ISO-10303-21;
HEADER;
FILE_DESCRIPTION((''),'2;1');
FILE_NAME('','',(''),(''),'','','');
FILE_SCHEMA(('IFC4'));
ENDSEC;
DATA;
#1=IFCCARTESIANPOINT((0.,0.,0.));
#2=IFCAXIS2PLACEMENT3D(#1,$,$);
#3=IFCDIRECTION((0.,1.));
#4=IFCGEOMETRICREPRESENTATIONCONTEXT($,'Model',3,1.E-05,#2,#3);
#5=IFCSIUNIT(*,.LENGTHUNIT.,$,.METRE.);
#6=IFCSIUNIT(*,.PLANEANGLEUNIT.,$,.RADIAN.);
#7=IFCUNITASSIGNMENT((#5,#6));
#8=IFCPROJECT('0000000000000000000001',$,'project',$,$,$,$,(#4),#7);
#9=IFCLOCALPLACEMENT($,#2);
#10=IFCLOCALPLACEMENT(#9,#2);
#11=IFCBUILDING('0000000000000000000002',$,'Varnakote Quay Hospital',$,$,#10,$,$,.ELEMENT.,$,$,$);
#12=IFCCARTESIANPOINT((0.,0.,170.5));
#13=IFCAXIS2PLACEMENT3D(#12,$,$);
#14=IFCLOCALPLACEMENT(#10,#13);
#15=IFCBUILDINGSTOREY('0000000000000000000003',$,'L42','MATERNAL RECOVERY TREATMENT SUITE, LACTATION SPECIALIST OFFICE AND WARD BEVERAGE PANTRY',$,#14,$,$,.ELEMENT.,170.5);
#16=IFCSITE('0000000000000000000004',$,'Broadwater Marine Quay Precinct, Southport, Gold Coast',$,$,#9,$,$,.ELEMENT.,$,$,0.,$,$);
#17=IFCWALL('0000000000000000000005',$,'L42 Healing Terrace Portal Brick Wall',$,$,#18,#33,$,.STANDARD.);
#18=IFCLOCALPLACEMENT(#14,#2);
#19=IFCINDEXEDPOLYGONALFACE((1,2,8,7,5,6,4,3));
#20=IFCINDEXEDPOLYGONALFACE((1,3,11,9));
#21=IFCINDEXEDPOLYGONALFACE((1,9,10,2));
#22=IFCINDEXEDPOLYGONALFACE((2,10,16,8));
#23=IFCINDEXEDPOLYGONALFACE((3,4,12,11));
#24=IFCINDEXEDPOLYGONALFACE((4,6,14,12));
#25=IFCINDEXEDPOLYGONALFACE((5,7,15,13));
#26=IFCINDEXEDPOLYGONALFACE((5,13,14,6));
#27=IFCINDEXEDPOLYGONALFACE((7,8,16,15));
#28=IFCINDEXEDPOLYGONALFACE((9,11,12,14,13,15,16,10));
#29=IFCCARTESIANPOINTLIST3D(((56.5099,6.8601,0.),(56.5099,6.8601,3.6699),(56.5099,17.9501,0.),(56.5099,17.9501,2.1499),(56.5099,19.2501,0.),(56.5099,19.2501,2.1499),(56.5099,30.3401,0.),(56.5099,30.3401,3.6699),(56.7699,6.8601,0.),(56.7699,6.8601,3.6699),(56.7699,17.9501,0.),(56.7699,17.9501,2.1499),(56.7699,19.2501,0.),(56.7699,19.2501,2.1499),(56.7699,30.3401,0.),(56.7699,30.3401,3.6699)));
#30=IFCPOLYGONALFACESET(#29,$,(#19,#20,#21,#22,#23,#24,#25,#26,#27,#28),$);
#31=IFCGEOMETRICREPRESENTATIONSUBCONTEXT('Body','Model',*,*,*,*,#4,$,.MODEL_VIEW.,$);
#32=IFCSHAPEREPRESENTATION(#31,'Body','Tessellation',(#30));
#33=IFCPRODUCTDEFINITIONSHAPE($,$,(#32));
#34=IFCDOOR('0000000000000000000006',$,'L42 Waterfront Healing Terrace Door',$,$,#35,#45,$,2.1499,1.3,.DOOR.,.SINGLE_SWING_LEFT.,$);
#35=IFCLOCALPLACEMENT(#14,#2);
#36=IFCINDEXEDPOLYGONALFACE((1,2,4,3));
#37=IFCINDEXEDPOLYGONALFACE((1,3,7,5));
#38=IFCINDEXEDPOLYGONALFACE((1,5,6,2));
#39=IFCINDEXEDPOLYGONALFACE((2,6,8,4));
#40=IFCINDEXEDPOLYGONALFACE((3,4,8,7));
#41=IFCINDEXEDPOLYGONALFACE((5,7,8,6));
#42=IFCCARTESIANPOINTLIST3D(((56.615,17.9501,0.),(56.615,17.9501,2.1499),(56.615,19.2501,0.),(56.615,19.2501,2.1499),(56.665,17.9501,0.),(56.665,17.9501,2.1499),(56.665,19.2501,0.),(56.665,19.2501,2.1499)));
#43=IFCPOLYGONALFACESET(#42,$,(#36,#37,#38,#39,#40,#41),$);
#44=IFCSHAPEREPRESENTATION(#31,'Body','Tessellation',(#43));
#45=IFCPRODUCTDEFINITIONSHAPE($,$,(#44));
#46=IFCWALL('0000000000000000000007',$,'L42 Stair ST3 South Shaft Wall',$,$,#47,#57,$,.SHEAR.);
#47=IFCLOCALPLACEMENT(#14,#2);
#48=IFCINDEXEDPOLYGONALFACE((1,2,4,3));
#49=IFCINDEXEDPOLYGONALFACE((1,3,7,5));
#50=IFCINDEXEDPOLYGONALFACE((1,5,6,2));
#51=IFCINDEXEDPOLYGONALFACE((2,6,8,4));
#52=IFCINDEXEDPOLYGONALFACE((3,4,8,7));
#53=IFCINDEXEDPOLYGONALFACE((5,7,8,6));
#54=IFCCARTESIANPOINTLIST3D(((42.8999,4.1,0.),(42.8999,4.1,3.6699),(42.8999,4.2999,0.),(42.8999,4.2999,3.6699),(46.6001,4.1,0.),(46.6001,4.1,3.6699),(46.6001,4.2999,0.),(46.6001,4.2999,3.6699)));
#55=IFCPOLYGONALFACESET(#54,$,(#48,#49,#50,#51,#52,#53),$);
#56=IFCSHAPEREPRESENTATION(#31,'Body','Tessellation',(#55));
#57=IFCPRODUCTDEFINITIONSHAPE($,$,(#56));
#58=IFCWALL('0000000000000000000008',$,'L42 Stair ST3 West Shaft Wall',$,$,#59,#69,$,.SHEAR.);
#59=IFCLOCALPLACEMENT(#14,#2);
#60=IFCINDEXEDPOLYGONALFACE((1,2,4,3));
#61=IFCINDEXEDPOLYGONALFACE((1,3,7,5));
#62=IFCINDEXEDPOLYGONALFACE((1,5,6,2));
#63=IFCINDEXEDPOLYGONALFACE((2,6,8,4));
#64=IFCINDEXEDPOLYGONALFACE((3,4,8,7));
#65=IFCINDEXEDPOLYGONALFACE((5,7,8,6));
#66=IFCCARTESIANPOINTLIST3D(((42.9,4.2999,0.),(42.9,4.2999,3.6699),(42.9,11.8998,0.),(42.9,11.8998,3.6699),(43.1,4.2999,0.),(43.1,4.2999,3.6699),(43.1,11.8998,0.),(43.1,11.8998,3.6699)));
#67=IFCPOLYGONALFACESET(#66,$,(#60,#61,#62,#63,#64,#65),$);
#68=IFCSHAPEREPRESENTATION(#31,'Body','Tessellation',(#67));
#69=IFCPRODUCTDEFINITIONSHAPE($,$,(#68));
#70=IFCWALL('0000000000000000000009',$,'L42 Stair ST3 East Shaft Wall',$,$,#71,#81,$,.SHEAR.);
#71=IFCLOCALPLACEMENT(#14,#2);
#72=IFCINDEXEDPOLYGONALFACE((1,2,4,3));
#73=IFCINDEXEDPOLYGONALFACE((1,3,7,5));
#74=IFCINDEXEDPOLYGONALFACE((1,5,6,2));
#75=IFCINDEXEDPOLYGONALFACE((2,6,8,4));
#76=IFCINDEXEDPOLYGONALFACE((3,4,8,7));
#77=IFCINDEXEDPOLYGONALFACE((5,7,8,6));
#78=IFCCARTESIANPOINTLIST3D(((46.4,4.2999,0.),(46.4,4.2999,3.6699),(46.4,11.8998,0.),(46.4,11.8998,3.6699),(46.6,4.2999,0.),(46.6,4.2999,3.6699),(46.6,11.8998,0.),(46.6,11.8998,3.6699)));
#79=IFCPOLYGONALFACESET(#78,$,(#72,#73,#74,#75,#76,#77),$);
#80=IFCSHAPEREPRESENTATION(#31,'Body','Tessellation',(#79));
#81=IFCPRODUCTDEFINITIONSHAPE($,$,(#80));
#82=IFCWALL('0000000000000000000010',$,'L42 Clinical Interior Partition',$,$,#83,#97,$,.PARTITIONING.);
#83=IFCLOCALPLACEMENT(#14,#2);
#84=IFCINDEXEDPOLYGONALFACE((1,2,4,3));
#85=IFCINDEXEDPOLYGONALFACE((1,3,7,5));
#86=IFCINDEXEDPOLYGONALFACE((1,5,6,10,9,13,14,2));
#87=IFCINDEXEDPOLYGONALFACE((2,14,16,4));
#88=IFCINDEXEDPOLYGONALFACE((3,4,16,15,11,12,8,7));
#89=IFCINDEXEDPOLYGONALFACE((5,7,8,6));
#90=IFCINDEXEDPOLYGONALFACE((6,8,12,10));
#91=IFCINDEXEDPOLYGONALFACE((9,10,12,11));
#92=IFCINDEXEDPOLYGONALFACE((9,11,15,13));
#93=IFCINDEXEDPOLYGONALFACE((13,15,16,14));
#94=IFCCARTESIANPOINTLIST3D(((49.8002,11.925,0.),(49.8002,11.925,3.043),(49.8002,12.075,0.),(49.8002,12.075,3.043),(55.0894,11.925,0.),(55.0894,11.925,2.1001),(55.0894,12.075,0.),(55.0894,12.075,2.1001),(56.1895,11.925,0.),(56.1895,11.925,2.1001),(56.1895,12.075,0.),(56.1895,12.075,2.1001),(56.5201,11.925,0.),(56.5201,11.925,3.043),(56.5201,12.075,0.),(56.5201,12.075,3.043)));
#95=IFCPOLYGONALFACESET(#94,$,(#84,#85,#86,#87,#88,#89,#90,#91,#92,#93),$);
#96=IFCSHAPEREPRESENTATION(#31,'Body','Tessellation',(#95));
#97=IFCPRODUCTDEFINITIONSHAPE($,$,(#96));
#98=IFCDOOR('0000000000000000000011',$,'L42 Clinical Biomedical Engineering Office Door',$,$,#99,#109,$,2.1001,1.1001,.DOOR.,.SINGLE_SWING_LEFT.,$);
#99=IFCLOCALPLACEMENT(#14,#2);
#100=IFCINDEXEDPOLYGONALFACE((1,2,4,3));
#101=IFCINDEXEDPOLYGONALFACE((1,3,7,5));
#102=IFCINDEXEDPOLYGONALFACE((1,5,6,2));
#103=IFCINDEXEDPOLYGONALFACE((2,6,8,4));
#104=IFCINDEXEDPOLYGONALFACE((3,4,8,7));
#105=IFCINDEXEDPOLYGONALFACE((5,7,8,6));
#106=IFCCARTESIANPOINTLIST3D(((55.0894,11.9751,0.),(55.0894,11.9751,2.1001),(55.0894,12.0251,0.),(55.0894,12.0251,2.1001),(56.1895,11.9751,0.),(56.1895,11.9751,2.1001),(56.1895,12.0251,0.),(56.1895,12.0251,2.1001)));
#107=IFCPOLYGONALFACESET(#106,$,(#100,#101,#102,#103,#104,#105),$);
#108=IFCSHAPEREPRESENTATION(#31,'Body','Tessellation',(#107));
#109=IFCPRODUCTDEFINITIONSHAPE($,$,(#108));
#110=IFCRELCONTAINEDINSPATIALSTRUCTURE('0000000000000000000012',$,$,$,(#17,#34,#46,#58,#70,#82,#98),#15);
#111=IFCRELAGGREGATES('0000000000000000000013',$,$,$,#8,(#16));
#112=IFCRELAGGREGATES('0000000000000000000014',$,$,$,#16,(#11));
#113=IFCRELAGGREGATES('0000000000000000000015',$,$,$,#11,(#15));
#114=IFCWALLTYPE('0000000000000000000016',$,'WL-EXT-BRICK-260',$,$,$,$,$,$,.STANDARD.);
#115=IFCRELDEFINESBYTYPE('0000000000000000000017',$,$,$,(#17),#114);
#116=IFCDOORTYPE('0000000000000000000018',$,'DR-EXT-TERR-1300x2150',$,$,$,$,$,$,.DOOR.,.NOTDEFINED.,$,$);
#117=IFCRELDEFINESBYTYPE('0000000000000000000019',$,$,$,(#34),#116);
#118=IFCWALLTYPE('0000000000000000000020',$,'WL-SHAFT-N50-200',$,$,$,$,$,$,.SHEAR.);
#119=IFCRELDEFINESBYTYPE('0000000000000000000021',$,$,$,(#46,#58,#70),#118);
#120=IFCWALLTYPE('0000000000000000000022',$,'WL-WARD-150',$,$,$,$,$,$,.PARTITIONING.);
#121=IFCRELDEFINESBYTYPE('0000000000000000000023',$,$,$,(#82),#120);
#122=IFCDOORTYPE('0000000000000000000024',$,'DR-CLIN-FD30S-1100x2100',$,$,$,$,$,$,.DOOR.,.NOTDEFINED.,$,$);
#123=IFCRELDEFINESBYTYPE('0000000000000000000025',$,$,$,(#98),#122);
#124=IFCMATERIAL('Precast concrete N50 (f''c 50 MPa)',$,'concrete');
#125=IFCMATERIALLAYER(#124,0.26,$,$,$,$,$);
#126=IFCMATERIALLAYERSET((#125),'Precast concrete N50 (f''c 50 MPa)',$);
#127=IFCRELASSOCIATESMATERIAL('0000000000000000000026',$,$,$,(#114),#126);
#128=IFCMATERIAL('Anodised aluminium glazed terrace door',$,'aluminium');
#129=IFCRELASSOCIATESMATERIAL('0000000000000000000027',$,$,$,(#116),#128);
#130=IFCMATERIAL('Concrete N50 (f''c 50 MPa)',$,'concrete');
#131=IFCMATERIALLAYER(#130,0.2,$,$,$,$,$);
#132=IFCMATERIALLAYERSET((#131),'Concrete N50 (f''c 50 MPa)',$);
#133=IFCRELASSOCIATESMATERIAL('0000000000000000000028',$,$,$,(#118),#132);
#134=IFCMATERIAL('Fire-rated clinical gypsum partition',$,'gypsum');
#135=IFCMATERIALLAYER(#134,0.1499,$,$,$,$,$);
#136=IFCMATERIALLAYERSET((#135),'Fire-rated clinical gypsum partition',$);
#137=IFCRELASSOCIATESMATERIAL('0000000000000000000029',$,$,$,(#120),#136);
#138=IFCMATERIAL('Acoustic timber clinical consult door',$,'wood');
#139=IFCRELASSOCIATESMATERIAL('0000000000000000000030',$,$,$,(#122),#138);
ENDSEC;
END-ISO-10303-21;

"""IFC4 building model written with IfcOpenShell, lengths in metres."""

from ifc_helpers import new_model, si_unit, direction, frame, frame_2d, origin, place, context, subcontext, project, spatial, rectangle, extrude, material, layer, layer_set, type_object, element, fill, save


model = new_model("IFC4")

# Units and contexts
model_context = context("Model", 3, precision=1e-05, world=origin(), true_north=direction((0.0, 1.0)))
body_context = subcontext(model_context, "Body", "Model", "MODEL_VIEW")
ifc_project = project(units=[si_unit("LENGTHUNIT", "METRE"), si_unit("PLANEANGLEUNIT", "RADIAN")], contexts=[model_context])

# Site, building, storey
site_placement = place(None, origin())
site = spatial("IfcSite", under=ifc_project, at=site_placement, Name="Broadwater Marine Quay Precinct, Southport, Gold Coast", CompositionType="ELEMENT", RefElevation=0.0)
building_placement = place(site_placement, origin())
building = spatial("IfcBuilding", under=site, at=building_placement, Name="Varnakote Quay Hospital", CompositionType="ELEMENT")
storey_placement = place(building_placement, frame((0.0, 0.0, 170.5)))
storey = spatial("IfcBuildingStorey", under=building, at=storey_placement, Name="L42", Description="MATERNAL RECOVERY TREATMENT SUITE, LACTATION SPECIALIST OFFICE AND WARD BEVERAGE PANTRY", CompositionType="ELEMENT", Elevation=170.5)

# Shared definitions
ifc_material_1 = material(Name="Precast concrete N50 (f'c 50 MPa)", Category="concrete")
ifc_layer_1 = layer(ifc_material_1, 0.26)
ifc_layer_set_1 = layer_set([ifc_layer_1], Name="Precast concrete N50 (f'c 50 MPa)")
wall_type_1 = type_object("IfcWallType", Name="WL-EXT-BRICK-260", PredefinedType="STANDARD", material=ifc_layer_set_1)

# Wall, opening, door
wall_1_placement = place(storey_placement, frame((56.6399, 6.8601, 0.0), z_axis=(0.0, 0.0, 1.0), x_axis=(0.0, 1.0, 0.0)))
wall_1 = element("IfcWall", 1, at=wall_1_placement, inside=storey, type_object=wall_type_1, Name="L42 Healing Terrace Portal Brick Wall", PredefinedType="STANDARD", context=body_context, shape_type="SweptSolid", body=[
    extrude(rectangle(XDim=23.48, YDim=0.26, at=frame_2d((11.74, 0.0))), origin(), (0.0, 0.0, 1.0), 3.6699),
])
opening_1_placement = place(wall_1_placement, frame((11.0901, 0.0, 0.0)))
opening_1 = element("IfcOpeningElement", 2, at=opening_1_placement, cuts=wall_1, PredefinedType="OPENING", context=body_context, shape_type="SweptSolid", body=[
    extrude(rectangle(XDim=1.3, YDim=2.1499, at=frame_2d((0.6499, 1.075))), frame((0.0, 0.1399, 0.0), z_axis=(0.0, -1.0, 0.0), x_axis=(1.0, 0.0, 0.0)), (0.0, 0.0, 1.0), 0.28),
])
ifc_material_2 = material(Name="Anodised aluminium glazed terrace door", Category="aluminium")
door_type_1 = type_object("IfcDoorType", Name="DR-EXT-TERR-1300x2150", OperationType="NOTDEFINED", PredefinedType="DOOR", material=ifc_material_2)
door_1_placement = place(opening_1_placement, origin())
door_1 = element("IfcDoor", 3, at=door_1_placement, inside=storey, type_object=door_type_1, Name="L42 Waterfront Healing Terrace Door", OperationType="SINGLE_SWING_LEFT", OverallHeight=2.1499, OverallWidth=1.3, PredefinedType="DOOR", context=body_context, shape_type="SweptSolid", body=[
    extrude(rectangle(XDim=1.3, YDim=2.1499, at=frame_2d((0.6499, 1.075))), frame((0.0, 0.0249, 0.0), z_axis=(0.0, -1.0, 0.0), x_axis=(1.0, 0.0, 0.0)), (0.0, 0.0, 1.0), 0.05),
])
fill(opening_1, door_1)

# Walls
ifc_material_3 = material(Name="Concrete N50 (f'c 50 MPa)", Category="concrete")
ifc_layer_2 = layer(ifc_material_3, 0.2)
ifc_layer_set_2 = layer_set([ifc_layer_2], Name="Concrete N50 (f'c 50 MPa)")
wall_type_2 = type_object("IfcWallType", Name="WL-SHAFT-N50-200", PredefinedType="SHEAR", material=ifc_layer_set_2)
wall_2_placement = place(storey_placement, frame((42.8999, 4.2, 0.0), z_axis=(0.0, 0.0, 1.0), x_axis=(1.0, 0.0, 0.0)))
element("IfcWall", 4, at=wall_2_placement, inside=storey, type_object=wall_type_2, Name="L42 Stair ST3 South Shaft Wall", PredefinedType="SHEAR", context=body_context, shape_type="SweptSolid", body=[
    extrude(rectangle(XDim=3.7002, YDim=0.2, at=frame_2d((1.8501, 0.0))), origin(), (0.0, 0.0, 1.0), 3.6699),
])
for number, where, z_axis, x_axis, name in (
    (5, (43.0, 4.3, 0.0), (0.0, 0.0, 1.0), (0.0, 1.0, 0.0), "L42 Stair ST3 West Shaft Wall"),
    (6, (46.5, 4.3, 0.0), (0.0, 0.0, 1.0), (0.0, 1.0, 0.0), "L42 Stair ST3 East Shaft Wall"),
):
    element("IfcWall", number, at=place(storey_placement, frame(where, z_axis=z_axis, x_axis=x_axis)), inside=storey, type_object=wall_type_2, Name=name, PredefinedType="SHEAR", context=body_context, shape_type="SweptSolid", body=[
        extrude(rectangle(XDim=7.5999, YDim=0.2, at=frame_2d((3.7998, 0.0))), origin(), (0.0, 0.0, 1.0), 3.6699),
    ])

# Wall, opening, door
ifc_material_4 = material(Name="Fire-rated clinical gypsum partition", Category="gypsum")
ifc_layer_3 = layer(ifc_material_4, 0.1499)
ifc_layer_set_3 = layer_set([ifc_layer_3], Name="Fire-rated clinical gypsum partition")
wall_type_3 = type_object("IfcWallType", Name="WL-WARD-150", PredefinedType="PARTITIONING", material=ifc_layer_set_3)
wall_3_placement = place(storey_placement, frame((56.52, 12.0, 0.0), z_axis=(0.0, 0.0, 1.0), x_axis=(-1.0, 0.0, 0.0)))
wall_3 = element("IfcWall", 7, at=wall_3_placement, inside=storey, type_object=wall_type_3, Name="L42 Clinical Interior Partition", PredefinedType="PARTITIONING", context=body_context, shape_type="SweptSolid", body=[
    extrude(rectangle(XDim=6.72, YDim=0.1499, at=frame_2d((3.3599, 0.0))), origin(), (0.0, 0.0, 1.0), 3.043),
])
opening_2_placement = place(wall_3_placement, frame((0.3306, 0.0, 0.0)))
opening_2 = element("IfcOpeningElement", 8, at=opening_2_placement, cuts=wall_3, PredefinedType="OPENING", context=body_context, shape_type="SweptSolid", body=[
    extrude(rectangle(XDim=1.1001, YDim=2.1001, at=frame_2d((0.55, 1.05))), frame((0.0, 0.085, 0.0), z_axis=(0.0, -1.0, 0.0), x_axis=(1.0, 0.0, 0.0)), (0.0, 0.0, 1.0), 0.1699),
])
ifc_material_5 = material(Name="Acoustic timber clinical consult door", Category="wood")
door_type_2 = type_object("IfcDoorType", Name="DR-CLIN-FD30S-1100x2100", OperationType="NOTDEFINED", PredefinedType="DOOR", material=ifc_material_5)
door_2_placement = place(opening_2_placement, origin())
door_2 = element("IfcDoor", 9, at=door_2_placement, inside=storey, type_object=door_type_2, Name="L42 Clinical Biomedical Engineering Office Door", OperationType="SINGLE_SWING_LEFT", OverallHeight=2.1001, OverallWidth=1.1001, PredefinedType="DOOR", context=body_context, shape_type="SweptSolid", body=[
    extrude(rectangle(XDim=1.1001, YDim=2.1001, at=frame_2d((0.55, 1.05))), frame((0.0, 0.0249, 0.0), z_axis=(0.0, -1.0, 0.0), x_axis=(1.0, 0.0, 0.0)), (0.0, 0.0, 1.0), 0.05),
])
fill(opening_2, door_2)

save(model, "model.ifc")
